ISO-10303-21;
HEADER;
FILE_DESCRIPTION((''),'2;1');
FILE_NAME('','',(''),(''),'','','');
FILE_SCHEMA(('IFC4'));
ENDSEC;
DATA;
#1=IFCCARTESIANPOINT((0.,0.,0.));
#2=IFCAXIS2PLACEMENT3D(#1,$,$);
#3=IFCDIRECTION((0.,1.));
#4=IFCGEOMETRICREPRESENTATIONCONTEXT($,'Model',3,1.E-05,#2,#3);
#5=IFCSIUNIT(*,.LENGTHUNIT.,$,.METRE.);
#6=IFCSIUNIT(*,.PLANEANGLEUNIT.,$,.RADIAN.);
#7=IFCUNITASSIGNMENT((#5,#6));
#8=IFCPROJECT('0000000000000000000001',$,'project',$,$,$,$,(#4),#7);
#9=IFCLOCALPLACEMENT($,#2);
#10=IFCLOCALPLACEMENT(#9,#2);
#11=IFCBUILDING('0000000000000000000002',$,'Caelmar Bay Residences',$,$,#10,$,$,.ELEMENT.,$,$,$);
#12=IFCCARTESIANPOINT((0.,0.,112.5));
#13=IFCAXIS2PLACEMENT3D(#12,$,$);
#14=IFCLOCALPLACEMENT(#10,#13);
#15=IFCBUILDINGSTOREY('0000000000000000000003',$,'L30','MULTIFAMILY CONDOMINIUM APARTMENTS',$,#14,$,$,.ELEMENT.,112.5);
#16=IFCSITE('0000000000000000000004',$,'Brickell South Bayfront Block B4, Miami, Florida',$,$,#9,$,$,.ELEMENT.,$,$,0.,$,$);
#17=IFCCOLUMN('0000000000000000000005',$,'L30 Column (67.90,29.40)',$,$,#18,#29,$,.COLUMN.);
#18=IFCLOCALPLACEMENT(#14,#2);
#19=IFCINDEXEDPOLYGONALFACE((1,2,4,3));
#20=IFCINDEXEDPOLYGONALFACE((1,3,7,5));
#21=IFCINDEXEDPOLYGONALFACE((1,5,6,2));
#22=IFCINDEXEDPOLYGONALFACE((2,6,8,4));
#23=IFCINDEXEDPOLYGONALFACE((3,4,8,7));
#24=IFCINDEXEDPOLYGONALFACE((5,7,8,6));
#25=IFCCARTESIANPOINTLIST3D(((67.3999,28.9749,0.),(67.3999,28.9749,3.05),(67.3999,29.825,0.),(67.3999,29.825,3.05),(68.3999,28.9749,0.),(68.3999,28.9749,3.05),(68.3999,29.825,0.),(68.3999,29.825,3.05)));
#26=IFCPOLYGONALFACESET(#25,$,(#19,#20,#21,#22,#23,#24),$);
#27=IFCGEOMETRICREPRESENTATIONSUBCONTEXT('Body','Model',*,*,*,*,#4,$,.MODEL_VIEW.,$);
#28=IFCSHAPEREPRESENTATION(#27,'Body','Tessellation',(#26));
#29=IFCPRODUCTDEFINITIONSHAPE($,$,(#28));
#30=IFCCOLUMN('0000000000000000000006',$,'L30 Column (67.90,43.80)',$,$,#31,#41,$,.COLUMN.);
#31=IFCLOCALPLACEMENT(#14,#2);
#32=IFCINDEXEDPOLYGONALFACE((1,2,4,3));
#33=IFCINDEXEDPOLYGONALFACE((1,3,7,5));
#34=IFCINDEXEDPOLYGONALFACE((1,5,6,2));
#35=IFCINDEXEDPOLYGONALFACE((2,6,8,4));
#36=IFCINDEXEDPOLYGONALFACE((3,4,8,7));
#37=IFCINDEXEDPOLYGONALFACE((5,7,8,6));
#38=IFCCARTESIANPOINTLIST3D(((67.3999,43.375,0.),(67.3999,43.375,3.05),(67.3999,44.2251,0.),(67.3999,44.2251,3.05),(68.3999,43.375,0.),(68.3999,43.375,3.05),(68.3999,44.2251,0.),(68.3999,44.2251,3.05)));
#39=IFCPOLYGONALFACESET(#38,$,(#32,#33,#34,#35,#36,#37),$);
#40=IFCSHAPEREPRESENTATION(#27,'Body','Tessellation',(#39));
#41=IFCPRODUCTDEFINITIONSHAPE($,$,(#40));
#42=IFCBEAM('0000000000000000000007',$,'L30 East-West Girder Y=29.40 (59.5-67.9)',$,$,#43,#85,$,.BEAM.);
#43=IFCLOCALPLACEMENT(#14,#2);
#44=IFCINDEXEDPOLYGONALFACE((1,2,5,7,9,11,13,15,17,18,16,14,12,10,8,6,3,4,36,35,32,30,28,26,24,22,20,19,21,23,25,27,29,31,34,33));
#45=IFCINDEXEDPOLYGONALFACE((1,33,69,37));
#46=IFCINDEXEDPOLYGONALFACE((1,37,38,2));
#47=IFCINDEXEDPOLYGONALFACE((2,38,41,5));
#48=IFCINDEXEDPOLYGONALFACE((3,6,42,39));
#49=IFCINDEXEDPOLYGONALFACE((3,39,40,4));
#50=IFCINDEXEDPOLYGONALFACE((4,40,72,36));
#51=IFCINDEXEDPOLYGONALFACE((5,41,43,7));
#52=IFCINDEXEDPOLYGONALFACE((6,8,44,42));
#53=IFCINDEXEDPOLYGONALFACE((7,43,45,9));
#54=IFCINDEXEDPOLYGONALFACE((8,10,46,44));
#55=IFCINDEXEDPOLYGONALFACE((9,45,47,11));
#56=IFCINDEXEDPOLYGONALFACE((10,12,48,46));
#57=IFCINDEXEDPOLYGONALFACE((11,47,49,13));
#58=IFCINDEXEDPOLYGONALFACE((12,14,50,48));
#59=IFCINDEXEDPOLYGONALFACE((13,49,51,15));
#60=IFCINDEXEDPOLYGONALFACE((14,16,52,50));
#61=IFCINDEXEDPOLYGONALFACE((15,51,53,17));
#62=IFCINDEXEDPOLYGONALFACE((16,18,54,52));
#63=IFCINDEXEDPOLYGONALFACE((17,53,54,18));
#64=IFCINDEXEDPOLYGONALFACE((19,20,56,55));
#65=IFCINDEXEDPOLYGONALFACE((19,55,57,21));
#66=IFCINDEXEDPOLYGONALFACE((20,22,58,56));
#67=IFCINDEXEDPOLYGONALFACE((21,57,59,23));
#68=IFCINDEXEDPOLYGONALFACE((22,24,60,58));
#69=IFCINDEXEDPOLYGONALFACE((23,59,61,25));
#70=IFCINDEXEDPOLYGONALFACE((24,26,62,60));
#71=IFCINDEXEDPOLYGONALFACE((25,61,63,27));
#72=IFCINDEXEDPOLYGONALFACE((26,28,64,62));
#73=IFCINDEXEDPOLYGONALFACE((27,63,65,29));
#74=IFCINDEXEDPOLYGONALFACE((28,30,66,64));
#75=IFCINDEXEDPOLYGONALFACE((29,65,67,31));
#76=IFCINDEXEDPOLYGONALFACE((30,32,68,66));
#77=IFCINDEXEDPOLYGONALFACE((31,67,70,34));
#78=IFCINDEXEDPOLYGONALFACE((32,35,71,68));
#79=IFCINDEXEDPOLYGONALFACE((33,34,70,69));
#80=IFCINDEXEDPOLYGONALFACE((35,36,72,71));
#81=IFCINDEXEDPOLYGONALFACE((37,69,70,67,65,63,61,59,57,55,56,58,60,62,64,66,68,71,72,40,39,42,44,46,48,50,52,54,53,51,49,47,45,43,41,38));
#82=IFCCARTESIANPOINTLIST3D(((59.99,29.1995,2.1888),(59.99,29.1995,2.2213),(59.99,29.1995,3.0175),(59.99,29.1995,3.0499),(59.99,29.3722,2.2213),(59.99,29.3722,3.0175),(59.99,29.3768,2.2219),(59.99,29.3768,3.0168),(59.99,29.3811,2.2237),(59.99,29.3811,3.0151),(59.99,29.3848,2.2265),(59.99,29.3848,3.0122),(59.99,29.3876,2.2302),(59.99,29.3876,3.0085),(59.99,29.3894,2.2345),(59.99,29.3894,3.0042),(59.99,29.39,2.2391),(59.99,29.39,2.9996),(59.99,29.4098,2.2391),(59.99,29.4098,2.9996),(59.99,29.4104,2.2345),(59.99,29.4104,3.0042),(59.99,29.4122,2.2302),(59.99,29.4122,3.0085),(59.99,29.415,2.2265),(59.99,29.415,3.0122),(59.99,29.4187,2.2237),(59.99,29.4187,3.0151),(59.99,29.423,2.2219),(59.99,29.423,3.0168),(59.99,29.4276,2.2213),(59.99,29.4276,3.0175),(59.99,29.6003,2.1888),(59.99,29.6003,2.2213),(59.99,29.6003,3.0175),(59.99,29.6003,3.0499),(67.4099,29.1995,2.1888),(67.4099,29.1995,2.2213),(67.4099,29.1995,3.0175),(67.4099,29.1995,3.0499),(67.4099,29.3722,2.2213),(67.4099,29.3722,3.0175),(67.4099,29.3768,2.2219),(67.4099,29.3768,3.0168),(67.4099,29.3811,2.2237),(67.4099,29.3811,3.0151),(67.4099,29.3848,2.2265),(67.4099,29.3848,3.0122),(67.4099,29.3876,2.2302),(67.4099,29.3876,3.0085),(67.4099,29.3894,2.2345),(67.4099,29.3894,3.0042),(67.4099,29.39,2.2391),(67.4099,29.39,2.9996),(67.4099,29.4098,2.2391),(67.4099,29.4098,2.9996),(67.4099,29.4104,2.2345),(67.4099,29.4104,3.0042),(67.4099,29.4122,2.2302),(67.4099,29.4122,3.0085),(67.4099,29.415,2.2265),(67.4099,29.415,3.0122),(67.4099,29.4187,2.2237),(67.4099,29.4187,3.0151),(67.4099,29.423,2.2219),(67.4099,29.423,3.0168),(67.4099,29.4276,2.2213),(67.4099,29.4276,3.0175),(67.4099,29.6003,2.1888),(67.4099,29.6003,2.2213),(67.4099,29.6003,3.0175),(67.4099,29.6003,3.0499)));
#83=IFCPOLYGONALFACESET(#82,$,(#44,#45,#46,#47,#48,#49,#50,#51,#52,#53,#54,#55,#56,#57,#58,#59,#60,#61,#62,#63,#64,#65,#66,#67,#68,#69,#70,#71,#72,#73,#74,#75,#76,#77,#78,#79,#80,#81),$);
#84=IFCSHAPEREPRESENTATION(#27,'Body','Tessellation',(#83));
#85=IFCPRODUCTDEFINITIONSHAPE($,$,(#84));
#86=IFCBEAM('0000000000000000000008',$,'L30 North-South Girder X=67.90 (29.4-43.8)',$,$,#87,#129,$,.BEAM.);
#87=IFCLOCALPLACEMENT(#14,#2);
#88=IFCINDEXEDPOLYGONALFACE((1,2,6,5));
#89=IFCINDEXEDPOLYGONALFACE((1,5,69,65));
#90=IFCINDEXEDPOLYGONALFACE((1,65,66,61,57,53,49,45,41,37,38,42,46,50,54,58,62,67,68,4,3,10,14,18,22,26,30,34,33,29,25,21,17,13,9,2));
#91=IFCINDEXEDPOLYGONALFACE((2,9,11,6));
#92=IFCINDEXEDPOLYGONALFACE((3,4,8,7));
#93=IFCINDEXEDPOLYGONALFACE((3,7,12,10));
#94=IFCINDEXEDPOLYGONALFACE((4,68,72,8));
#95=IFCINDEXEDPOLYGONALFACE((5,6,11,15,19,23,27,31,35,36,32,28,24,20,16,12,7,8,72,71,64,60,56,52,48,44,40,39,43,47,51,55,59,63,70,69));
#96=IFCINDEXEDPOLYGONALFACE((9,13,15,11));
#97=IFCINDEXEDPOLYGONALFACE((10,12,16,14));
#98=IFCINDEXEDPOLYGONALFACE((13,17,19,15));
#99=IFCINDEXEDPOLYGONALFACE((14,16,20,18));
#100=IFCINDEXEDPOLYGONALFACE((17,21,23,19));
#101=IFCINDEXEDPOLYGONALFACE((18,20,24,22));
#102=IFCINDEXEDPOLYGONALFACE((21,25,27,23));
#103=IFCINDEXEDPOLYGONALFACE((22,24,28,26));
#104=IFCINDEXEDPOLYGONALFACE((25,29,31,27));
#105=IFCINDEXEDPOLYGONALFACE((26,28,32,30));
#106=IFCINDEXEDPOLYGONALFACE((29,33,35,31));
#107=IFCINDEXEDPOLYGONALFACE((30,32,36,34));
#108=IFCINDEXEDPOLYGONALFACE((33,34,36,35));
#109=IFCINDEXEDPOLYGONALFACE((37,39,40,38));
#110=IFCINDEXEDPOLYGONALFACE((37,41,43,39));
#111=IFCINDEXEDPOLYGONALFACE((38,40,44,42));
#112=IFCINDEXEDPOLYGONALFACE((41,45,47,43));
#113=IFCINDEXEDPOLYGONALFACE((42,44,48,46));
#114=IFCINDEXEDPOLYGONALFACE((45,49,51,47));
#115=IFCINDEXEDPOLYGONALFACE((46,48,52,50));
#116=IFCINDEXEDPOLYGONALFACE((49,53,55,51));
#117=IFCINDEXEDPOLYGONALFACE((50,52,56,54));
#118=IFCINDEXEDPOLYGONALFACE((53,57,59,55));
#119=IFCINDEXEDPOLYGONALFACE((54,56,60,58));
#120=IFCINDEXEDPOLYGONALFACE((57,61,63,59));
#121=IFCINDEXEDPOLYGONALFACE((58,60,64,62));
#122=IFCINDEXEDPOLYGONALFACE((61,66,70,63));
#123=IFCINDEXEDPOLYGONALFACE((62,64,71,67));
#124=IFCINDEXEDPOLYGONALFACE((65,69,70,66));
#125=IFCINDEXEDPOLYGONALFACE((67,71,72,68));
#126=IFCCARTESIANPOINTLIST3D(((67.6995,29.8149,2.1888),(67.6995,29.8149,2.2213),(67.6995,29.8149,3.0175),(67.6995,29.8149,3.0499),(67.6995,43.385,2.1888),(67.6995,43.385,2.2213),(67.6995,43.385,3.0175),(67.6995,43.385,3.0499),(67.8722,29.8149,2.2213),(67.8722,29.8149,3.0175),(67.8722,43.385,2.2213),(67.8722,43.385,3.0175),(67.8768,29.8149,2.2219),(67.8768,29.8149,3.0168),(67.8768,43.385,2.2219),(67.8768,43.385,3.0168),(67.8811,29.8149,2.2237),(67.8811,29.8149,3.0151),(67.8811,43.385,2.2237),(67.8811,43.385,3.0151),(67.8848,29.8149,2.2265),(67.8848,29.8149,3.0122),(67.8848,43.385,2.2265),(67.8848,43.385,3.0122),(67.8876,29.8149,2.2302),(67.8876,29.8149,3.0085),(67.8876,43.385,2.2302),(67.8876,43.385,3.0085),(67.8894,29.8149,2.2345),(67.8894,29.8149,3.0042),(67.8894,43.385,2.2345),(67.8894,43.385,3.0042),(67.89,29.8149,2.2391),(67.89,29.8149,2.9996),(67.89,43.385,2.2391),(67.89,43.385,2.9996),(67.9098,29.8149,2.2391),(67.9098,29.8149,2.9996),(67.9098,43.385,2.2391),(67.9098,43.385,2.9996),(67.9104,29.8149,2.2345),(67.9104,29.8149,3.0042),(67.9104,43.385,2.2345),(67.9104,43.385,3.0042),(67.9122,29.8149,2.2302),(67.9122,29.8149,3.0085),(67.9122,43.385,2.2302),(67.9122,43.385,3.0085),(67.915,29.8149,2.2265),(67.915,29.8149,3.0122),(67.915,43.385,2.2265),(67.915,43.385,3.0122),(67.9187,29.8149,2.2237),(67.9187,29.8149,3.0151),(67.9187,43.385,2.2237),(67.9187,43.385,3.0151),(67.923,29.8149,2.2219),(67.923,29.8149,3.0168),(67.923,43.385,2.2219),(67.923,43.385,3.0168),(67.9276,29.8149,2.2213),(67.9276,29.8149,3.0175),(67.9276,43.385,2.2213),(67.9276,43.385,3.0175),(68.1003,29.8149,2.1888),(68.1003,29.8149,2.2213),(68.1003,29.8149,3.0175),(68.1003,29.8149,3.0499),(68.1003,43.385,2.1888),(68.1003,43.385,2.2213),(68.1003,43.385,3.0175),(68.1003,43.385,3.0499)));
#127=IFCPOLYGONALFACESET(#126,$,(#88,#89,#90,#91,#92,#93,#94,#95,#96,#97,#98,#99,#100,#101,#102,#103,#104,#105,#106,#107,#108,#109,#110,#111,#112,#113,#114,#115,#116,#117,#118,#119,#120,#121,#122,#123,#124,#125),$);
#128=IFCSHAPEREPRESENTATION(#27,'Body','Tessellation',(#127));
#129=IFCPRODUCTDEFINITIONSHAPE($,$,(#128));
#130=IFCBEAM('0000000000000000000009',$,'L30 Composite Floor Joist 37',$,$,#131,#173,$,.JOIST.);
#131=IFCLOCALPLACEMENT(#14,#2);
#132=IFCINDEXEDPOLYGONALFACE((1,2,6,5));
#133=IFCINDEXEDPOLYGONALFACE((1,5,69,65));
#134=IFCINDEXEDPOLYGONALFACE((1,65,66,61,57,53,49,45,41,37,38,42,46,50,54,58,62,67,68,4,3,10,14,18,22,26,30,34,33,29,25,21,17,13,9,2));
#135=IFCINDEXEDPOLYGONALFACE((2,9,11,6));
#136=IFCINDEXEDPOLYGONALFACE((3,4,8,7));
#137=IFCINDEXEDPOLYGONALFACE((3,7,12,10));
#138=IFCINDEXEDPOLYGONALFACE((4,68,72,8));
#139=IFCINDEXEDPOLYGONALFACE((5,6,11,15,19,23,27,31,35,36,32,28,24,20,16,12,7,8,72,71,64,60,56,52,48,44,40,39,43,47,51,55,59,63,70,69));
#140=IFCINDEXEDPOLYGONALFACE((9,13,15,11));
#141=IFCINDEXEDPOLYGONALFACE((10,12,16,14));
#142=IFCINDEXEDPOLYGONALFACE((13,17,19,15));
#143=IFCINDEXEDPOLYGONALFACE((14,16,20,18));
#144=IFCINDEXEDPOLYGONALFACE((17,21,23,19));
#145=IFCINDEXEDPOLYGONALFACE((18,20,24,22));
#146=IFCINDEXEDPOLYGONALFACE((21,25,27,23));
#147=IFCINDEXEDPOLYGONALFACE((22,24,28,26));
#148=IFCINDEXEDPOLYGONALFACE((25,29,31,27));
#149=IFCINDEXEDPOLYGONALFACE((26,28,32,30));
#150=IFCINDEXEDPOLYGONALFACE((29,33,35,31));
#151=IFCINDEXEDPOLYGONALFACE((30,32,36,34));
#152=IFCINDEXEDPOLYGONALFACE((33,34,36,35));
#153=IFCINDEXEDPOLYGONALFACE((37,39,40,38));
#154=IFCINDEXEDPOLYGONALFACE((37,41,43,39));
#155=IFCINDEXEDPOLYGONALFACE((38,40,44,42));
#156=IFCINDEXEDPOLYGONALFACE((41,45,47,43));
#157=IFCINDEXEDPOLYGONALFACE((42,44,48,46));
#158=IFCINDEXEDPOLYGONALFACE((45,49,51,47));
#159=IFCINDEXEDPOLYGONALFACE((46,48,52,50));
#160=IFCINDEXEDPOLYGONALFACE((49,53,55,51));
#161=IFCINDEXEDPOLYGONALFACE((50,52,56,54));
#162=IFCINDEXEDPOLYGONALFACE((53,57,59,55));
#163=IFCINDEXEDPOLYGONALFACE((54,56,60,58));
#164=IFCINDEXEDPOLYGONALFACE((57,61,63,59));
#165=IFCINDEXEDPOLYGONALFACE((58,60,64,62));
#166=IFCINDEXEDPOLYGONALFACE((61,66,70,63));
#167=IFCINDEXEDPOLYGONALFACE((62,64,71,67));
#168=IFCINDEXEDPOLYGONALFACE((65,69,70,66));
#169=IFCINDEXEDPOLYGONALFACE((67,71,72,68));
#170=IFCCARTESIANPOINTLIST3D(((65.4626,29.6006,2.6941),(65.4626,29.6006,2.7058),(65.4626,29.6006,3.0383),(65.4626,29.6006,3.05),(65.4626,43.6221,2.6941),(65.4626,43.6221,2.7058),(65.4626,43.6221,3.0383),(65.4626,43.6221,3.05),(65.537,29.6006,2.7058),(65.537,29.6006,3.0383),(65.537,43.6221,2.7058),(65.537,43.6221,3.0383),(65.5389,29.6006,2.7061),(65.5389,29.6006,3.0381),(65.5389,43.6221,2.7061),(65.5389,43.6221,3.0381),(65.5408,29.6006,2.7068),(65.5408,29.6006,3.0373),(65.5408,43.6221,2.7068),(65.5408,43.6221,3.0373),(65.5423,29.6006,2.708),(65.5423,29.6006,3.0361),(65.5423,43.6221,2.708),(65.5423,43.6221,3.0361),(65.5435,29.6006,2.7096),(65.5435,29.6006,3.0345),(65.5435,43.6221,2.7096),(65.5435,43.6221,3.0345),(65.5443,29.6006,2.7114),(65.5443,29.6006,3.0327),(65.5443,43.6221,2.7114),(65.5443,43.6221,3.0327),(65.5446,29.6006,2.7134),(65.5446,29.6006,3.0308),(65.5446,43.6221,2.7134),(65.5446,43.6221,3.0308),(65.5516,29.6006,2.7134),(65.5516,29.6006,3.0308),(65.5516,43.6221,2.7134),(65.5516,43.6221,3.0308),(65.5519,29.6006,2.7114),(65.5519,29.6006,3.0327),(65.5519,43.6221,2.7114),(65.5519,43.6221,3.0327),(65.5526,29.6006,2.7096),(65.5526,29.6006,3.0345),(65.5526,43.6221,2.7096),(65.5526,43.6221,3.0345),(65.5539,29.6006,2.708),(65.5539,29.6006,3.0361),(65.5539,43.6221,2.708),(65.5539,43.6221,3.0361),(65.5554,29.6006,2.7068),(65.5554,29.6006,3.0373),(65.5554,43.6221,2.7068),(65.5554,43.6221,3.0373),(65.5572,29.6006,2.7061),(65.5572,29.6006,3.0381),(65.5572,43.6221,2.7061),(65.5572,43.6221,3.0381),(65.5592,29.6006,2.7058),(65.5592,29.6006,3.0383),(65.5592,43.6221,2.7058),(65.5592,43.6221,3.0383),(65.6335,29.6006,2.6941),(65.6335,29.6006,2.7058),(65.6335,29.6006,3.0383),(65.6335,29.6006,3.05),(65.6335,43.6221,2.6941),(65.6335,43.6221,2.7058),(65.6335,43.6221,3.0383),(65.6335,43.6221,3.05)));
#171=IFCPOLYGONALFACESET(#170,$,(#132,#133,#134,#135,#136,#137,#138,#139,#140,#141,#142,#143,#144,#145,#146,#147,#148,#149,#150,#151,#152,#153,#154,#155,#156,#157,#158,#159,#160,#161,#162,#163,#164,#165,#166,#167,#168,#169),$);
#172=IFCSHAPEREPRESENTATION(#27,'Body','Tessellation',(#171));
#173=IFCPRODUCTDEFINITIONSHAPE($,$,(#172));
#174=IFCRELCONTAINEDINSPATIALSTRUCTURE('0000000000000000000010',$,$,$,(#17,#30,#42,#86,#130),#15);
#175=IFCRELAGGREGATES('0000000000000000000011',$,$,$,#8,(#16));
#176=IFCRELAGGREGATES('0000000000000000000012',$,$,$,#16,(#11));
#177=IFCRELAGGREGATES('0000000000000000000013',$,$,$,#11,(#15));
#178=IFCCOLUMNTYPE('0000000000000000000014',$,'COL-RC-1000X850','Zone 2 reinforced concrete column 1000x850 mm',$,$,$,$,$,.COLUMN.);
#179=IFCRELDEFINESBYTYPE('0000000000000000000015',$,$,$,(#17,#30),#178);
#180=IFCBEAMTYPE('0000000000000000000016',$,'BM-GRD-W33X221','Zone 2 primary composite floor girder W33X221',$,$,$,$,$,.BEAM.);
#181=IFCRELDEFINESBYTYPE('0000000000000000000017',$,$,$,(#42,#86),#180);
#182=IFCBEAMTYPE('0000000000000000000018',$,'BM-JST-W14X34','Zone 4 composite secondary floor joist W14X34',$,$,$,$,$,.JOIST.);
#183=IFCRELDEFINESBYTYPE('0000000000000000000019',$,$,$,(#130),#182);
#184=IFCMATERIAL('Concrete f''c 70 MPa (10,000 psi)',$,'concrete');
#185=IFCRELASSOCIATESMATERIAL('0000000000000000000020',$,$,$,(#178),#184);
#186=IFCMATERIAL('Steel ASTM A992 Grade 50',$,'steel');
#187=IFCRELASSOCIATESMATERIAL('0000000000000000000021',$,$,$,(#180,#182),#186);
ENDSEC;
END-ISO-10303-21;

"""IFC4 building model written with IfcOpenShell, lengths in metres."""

from ifc_helpers import new_model, si_unit, direction, frame, origin, origin_2d, place, context, subcontext, project, spatial, rectangle, i_section, extrude, material, material_profile, profile_set, type_object, element, save


model = new_model("IFC4")

# Units and contexts
model_context = context("Model", 3, precision=1e-05, world=origin(), true_north=direction((0.0, 1.0)))
body_context = subcontext(model_context, "Body", "Model", "MODEL_VIEW")
ifc_project = project(units=[si_unit("LENGTHUNIT", "METRE"), si_unit("PLANEANGLEUNIT", "RADIAN")], contexts=[model_context])

# Site, building, storey
site_placement = place(None, origin())
site = spatial("IfcSite", under=ifc_project, at=site_placement, Name="Brickell South Bayfront Block B4, Miami, Florida", CompositionType="ELEMENT", RefElevation=0.0)
building_placement = place(site_placement, origin())
building = spatial("IfcBuilding", under=site, at=building_placement, Name="Caelmar Bay Residences", CompositionType="ELEMENT")
storey_placement = place(building_placement, frame((0.0, 0.0, 112.5)))
storey = spatial("IfcBuildingStorey", under=building, at=storey_placement, Name="L30", Description="MULTIFAMILY CONDOMINIUM APARTMENTS", CompositionType="ELEMENT", Elevation=112.5)

# Columns
ifc_material_1 = material(Name="Concrete f'c 70 MPa (10,000 psi)", Category="concrete")
ifc_material_profile_1 = material_profile(ifc_material_1, rectangle(XDim=1.0, YDim=0.8501, at=origin_2d()), Name="RC-COL-1000X850")
ifc_profile_set_1 = profile_set([ifc_material_profile_1], Name="Concrete f'c 70 MPa (10,000 psi)")
column_type = type_object("IfcColumnType", Name="COL-RC-1000X850", Description="Zone 2 reinforced concrete column 1000x850 mm", PredefinedType="COLUMN", material=ifc_profile_set_1)
for number, where, z_axis, x_axis, name in (
    (1, (67.8999, 29.3999, 0.0), (0.0, 0.0, 1.0), (1.0, 0.0, 0.0), "L30 Column (67.90,29.40)"),
    (2, (67.8999, 43.8, 0.0), (0.0, 0.0, 1.0), (1.0, 0.0, 0.0), "L30 Column (67.90,43.80)"),
):
    element("IfcColumn", number, at=place(storey_placement, frame(where, z_axis=z_axis, x_axis=x_axis)), inside=storey, type_object=column_type, Name=name, PredefinedType="COLUMN", context=body_context, shape_type="SweptSolid", body=[
        extrude(rectangle(XDim=1.0, YDim=0.8501, at=origin_2d()), origin(), (0.0, 0.0, 1.0), 3.05),
    ])

# Beams
ifc_material_2 = material(Name="Steel ASTM A992 Grade 50", Category="steel")
ifc_material_profile_2 = material_profile(ifc_material_2, i_section(OverallWidth=0.4009, OverallDepth=0.8611, WebThickness=0.0198, FlangeThickness=0.0325, FilletRadius=0.0178, at=origin_2d()), Name="W33X221")
ifc_profile_set_2 = profile_set([ifc_material_profile_2], Name="Steel ASTM A992 Grade 50")
beam_type_1 = type_object("IfcBeamType", Name="BM-GRD-W33X221", Description="Zone 2 primary composite floor girder W33X221", PredefinedType="BEAM", material=ifc_profile_set_2)
beam_1_placement = place(storey_placement, frame((59.99, 29.3999, 2.6194), z_axis=(1.0, 0.0, 0.0), x_axis=(0.0, 1.0, 0.0)))
element("IfcBeam", 3, at=beam_1_placement, inside=storey, type_object=beam_type_1, Name="L30 East-West Girder Y=29.40 (59.5-67.9)", PredefinedType="BEAM", context=body_context, shape_type="SweptSolid", body=[
    extrude(i_section(OverallWidth=0.4009, OverallDepth=0.8611, WebThickness=0.0198, FlangeThickness=0.0325, FilletRadius=0.0178, at=origin_2d()), origin(), (0.0, 0.0, 1.0), 7.4199),
])
beam_2_placement = place(storey_placement, frame((67.8999, 29.8149, 2.6194), z_axis=(0.0, 1.0, 0.0), x_axis=(-1.0, 0.0, 0.0)))
element("IfcBeam", 4, at=beam_2_placement, inside=storey, type_object=beam_type_1, Name="L30 North-South Girder X=67.90 (29.4-43.8)", PredefinedType="BEAM", context=body_context, shape_type="SweptSolid", body=[
    extrude(i_section(OverallWidth=0.4009, OverallDepth=0.8611, WebThickness=0.0198, FlangeThickness=0.0325, FilletRadius=0.0178, at=origin_2d()), origin(), (0.0, 0.0, 1.0), 13.5701),
])
ifc_material_profile_3 = material_profile(ifc_material_2, i_section(OverallWidth=0.1709, OverallDepth=0.356, WebThickness=0.0071, FlangeThickness=0.0117, FilletRadius=0.0076, at=origin_2d()), Name="W14X34")
ifc_profile_set_3 = profile_set([ifc_material_profile_3], Name="Steel ASTM A992 Grade 50")
beam_type_2 = type_object("IfcBeamType", Name="BM-JST-W14X34", Description="Zone 4 composite secondary floor joist W14X34", PredefinedType="JOIST", material=ifc_profile_set_3)
beam_3_placement = place(storey_placement, frame((65.5481, 29.6006, 2.8721), z_axis=(0.0, 1.0, 0.0), x_axis=(-1.0, 0.0, 0.0)))
element("IfcBeam", 5, at=beam_3_placement, inside=storey, type_object=beam_type_2, Name="L30 Composite Floor Joist 37", PredefinedType="JOIST", context=body_context, shape_type="SweptSolid", body=[
    extrude(i_section(OverallWidth=0.1709, OverallDepth=0.356, WebThickness=0.0071, FlangeThickness=0.0117, FilletRadius=0.0076, at=origin_2d()), origin(), (0.0, 0.0, 1.0), 14.0215),
])

save(model, "model.ifc")
